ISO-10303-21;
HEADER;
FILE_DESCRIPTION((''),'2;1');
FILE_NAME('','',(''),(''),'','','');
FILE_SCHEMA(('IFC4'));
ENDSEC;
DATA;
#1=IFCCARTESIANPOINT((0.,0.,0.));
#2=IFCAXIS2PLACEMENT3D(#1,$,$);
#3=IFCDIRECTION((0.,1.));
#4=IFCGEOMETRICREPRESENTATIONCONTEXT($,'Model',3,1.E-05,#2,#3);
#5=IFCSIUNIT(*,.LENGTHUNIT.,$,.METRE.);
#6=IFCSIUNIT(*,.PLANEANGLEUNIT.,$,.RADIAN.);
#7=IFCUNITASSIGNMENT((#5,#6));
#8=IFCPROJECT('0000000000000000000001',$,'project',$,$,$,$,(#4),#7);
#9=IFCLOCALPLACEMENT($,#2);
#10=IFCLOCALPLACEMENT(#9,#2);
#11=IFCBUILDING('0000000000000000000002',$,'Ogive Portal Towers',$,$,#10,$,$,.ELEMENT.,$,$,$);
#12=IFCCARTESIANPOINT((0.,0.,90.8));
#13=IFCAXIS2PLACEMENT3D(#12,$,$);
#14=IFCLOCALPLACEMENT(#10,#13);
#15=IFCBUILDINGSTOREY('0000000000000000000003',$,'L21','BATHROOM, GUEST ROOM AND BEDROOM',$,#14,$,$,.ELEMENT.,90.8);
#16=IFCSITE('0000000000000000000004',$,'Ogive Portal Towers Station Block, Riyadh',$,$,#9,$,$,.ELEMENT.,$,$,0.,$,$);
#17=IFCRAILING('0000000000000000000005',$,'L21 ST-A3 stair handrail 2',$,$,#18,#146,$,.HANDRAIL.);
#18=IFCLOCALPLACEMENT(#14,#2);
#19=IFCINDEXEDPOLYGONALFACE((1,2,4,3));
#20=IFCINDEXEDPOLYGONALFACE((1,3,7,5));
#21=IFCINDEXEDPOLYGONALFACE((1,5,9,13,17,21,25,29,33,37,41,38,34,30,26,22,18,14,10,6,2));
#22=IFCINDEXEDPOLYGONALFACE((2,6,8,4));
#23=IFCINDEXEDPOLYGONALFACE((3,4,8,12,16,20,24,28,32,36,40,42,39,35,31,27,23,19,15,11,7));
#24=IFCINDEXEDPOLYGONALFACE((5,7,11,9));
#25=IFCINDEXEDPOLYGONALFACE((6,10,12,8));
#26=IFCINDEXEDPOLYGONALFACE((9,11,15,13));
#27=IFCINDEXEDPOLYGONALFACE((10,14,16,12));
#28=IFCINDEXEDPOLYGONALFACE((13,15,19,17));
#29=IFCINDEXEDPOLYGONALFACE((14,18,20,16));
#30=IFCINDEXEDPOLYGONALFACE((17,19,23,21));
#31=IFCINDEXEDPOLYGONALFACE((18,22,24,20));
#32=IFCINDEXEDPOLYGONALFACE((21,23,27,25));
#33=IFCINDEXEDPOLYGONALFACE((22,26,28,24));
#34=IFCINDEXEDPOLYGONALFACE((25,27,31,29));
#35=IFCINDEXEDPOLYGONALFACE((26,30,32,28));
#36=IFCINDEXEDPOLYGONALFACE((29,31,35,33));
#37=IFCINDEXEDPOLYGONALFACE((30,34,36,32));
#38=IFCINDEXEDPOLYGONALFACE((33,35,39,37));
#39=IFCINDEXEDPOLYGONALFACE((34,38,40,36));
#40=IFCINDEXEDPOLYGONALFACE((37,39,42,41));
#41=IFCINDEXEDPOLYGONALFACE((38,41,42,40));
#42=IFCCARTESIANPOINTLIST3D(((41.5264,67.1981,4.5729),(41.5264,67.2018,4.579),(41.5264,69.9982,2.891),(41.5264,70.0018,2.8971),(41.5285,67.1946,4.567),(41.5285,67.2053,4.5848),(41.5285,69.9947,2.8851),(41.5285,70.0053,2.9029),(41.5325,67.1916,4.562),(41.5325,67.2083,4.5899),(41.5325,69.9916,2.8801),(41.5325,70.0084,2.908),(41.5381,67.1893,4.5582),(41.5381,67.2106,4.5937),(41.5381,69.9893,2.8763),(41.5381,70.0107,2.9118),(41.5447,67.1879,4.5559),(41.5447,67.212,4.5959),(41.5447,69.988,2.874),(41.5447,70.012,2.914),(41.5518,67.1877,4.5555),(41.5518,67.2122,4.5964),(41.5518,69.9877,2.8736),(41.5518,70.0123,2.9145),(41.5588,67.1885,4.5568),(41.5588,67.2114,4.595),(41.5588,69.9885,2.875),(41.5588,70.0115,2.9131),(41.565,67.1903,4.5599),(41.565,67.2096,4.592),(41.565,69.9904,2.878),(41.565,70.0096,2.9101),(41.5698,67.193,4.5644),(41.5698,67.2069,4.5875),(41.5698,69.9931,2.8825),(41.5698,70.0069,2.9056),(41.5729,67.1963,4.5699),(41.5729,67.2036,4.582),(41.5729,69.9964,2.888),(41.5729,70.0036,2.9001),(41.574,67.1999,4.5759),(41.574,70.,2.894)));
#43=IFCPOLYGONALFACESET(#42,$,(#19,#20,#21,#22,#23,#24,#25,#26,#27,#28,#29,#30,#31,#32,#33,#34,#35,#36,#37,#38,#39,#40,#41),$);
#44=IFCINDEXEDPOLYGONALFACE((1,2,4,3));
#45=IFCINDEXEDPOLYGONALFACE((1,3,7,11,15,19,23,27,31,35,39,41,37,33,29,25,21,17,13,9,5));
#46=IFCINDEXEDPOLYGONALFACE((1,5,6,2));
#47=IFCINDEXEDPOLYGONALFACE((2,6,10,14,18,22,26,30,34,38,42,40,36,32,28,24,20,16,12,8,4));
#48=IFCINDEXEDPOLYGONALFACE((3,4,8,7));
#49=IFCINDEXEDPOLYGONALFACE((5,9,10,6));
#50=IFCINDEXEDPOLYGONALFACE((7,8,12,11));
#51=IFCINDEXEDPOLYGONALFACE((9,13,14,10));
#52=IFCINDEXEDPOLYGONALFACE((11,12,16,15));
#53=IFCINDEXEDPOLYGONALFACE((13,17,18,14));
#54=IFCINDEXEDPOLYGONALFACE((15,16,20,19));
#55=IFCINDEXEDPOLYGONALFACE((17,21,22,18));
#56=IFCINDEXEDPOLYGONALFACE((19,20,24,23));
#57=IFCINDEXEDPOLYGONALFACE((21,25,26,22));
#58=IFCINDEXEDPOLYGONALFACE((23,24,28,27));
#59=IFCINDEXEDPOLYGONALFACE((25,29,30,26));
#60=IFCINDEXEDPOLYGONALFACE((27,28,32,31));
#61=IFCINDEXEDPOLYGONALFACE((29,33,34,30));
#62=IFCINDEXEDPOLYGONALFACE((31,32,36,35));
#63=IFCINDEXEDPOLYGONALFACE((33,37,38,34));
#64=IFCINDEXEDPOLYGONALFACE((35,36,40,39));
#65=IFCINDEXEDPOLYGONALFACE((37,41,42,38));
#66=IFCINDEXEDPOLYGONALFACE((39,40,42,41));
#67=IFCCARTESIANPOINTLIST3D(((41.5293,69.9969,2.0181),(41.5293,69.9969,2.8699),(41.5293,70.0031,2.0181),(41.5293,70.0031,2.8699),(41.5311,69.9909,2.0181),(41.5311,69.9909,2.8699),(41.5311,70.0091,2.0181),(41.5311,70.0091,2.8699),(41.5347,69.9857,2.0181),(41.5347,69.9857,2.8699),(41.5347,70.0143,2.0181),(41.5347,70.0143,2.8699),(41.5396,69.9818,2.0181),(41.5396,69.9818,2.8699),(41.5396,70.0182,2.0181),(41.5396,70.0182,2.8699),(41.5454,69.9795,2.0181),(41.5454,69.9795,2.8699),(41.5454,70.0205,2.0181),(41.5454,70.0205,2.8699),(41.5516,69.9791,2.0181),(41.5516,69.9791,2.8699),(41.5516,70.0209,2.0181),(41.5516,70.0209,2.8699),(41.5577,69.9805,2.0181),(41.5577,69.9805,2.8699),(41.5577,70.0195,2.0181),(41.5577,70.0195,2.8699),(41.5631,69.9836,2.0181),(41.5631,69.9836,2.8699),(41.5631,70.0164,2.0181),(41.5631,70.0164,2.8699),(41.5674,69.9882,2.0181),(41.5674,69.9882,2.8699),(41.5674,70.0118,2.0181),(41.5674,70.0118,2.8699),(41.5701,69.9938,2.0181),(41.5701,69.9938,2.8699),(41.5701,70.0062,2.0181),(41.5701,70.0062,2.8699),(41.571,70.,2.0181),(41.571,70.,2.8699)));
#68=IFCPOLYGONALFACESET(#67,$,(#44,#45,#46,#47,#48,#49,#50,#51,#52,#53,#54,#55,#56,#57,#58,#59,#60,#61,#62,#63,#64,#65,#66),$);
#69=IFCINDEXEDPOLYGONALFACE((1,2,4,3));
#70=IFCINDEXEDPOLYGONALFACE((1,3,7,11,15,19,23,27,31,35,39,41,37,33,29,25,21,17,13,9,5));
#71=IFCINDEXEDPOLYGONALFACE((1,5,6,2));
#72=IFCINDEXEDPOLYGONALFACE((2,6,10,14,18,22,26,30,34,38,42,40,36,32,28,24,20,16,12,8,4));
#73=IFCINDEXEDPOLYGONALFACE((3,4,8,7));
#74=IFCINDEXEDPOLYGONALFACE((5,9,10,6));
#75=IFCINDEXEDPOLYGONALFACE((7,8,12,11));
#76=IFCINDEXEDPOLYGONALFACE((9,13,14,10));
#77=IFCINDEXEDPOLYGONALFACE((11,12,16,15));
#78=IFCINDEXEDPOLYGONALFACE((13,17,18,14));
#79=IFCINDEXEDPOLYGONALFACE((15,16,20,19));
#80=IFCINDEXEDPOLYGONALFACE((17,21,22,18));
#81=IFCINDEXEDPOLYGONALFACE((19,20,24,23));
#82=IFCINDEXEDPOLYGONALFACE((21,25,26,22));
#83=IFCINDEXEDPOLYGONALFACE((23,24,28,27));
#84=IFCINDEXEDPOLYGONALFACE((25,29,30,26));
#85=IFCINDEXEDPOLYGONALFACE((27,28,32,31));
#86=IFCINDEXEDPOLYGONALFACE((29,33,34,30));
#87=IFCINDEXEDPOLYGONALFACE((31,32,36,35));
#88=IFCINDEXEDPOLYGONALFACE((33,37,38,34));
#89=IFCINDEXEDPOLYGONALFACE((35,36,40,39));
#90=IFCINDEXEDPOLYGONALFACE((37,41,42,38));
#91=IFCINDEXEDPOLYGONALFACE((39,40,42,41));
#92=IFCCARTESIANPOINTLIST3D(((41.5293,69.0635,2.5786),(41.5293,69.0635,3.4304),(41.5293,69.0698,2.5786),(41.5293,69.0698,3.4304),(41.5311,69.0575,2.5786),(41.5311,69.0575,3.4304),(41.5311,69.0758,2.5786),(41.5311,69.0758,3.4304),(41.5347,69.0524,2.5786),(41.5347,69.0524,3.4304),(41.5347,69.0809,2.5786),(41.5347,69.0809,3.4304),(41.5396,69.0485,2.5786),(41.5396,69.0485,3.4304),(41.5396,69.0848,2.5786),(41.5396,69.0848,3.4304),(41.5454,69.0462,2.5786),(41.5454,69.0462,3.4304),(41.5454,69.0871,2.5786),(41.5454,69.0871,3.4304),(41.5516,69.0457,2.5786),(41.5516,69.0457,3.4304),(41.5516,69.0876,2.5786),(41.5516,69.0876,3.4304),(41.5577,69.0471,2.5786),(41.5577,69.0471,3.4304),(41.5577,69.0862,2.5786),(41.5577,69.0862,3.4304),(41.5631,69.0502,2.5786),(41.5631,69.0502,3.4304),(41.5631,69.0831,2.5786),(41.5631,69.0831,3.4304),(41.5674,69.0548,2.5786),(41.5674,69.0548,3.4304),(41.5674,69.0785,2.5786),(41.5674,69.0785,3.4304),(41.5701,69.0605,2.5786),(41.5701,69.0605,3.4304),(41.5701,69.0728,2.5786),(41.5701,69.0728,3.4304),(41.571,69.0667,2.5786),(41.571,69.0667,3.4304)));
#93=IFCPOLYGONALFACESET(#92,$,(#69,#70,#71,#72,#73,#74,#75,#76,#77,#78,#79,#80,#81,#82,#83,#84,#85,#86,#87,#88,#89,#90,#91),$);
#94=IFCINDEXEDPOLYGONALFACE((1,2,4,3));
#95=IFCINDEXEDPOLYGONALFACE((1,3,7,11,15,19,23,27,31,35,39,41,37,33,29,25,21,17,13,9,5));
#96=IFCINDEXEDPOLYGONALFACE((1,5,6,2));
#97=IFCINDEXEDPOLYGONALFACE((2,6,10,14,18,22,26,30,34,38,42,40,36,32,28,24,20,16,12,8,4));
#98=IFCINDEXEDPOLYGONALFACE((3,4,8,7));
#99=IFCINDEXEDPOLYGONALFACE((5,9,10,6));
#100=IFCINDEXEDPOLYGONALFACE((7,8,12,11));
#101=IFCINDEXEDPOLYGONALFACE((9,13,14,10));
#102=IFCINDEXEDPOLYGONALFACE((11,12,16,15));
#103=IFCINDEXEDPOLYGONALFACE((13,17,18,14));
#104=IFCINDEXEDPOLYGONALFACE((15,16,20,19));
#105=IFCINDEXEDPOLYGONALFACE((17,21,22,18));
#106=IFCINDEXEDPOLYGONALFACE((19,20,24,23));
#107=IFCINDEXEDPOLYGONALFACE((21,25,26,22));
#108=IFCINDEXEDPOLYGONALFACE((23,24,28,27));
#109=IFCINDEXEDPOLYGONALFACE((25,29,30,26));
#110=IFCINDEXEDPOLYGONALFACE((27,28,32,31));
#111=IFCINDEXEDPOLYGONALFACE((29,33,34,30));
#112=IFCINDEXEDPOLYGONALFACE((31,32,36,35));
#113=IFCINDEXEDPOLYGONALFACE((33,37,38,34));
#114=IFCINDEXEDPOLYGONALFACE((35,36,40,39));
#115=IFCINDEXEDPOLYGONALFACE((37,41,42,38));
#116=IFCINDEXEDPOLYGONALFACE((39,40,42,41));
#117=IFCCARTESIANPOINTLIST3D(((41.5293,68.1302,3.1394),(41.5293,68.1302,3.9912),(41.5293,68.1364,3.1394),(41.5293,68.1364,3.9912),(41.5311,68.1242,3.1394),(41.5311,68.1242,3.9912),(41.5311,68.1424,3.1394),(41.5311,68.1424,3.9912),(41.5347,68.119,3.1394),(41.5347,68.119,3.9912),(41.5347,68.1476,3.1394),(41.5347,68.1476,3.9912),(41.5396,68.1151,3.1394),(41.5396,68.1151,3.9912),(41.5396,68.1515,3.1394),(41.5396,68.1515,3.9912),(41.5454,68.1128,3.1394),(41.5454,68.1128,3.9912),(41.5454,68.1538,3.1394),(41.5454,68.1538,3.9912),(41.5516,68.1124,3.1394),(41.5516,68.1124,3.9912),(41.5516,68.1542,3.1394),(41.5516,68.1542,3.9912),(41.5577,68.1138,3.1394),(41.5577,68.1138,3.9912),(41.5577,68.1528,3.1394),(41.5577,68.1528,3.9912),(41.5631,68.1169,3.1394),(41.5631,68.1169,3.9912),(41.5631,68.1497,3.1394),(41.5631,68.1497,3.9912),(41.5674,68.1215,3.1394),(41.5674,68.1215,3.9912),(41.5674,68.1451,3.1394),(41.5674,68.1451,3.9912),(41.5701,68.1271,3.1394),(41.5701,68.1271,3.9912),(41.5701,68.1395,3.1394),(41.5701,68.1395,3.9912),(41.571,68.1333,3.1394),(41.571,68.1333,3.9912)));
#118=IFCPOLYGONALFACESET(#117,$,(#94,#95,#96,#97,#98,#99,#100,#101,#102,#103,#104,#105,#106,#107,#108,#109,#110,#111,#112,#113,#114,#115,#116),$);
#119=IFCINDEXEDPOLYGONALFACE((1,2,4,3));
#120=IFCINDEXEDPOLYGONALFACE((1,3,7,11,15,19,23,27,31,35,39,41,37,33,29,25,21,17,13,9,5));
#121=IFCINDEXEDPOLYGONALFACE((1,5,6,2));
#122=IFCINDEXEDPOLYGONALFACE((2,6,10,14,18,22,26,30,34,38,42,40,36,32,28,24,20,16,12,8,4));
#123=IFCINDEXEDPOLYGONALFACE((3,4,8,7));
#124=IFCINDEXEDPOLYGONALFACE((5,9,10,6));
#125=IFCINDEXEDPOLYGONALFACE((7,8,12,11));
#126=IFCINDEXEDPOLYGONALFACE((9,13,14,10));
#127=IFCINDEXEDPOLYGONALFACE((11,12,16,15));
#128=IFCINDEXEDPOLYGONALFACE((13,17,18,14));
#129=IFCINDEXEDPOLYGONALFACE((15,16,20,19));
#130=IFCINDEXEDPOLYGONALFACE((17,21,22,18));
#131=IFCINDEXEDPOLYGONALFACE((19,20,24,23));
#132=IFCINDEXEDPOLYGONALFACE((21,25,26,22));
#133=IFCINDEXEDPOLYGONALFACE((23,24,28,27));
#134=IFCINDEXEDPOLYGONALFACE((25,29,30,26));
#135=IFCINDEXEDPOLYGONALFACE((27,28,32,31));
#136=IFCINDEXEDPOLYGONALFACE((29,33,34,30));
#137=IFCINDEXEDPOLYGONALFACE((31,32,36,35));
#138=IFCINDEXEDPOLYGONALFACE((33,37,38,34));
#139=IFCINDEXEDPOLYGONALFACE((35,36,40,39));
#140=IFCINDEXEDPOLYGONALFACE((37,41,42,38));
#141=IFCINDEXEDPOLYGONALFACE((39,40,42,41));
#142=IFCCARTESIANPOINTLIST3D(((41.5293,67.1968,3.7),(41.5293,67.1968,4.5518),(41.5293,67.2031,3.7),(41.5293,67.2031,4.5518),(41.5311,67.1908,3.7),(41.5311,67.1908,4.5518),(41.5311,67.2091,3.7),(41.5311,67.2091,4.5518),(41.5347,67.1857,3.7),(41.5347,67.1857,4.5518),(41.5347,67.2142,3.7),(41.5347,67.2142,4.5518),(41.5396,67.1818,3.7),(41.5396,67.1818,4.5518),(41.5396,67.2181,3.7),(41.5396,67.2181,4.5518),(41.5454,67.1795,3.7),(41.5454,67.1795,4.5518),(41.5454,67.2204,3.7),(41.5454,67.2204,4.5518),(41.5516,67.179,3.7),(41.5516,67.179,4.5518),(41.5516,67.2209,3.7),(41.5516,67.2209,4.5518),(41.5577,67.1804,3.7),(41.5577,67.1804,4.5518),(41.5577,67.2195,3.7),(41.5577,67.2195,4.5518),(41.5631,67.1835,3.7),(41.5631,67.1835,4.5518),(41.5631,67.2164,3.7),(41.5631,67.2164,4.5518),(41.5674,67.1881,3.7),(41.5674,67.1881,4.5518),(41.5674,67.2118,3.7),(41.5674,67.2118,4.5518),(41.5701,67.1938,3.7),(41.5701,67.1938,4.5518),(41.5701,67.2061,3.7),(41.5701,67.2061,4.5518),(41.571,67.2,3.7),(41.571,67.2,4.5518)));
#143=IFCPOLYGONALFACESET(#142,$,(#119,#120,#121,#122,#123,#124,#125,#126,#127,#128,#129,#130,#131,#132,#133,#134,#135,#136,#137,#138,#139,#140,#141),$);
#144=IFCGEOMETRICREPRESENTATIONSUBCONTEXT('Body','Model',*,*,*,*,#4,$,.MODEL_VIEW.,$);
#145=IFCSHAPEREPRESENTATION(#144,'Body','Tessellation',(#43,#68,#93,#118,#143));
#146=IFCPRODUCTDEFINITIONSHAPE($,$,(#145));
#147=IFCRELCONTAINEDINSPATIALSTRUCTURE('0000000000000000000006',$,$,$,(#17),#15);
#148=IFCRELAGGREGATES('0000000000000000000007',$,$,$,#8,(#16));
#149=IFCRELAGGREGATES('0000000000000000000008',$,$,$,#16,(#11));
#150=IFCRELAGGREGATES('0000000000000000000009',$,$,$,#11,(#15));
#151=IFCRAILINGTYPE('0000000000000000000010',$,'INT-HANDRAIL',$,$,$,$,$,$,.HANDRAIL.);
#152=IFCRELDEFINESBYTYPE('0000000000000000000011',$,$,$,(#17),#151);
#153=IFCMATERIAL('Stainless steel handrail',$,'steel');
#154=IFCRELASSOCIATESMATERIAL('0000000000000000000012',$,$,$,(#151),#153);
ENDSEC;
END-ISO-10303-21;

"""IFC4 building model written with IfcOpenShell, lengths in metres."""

from ifc_helpers import new_model, si_unit, direction, frame, origin, origin_2d, place, context, subcontext, project, spatial, circle, extrude, material, type_object, element, save


model = new_model("IFC4")

# Units and contexts
model_context = context("Model", 3, precision=1e-05, world=origin(), true_north=direction((0.0, 1.0)))
body_context = subcontext(model_context, "Body", "Model", "MODEL_VIEW")
ifc_project = project(units=[si_unit("LENGTHUNIT", "METRE"), si_unit("PLANEANGLEUNIT", "RADIAN")], contexts=[model_context])

# Site, building, storey
site_placement = place(None, origin())
site = spatial("IfcSite", under=ifc_project, at=site_placement, Name="Ogive Portal Towers Station Block, Riyadh", CompositionType="ELEMENT", RefElevation=0.0)
building_placement = place(site_placement, origin())
building = spatial("IfcBuilding", under=site, at=building_placement, Name="Ogive Portal Towers", CompositionType="ELEMENT")
storey_placement = place(building_placement, frame((0.0, 0.0, 90.8)))
storey = spatial("IfcBuildingStorey", under=building, at=storey_placement, Name="L21", Description="BATHROOM, GUEST ROOM AND BEDROOM", CompositionType="ELEMENT", Elevation=90.8)

# Railing
ifc_material_1 = material(Name="Stainless steel handrail", Category="steel")
railing_type_1 = type_object("IfcRailingType", Name="INT-HANDRAIL", PredefinedType="HANDRAIL", material=ifc_material_1)
railing_1_placement = place(storey_placement, frame((41.55, 70.0, 2.0181)))
element("IfcRailing", 1, at=railing_1_placement, inside=storey, type_object=railing_type_1, Name="L21 ST-A3 stair handrail 2", PredefinedType="HANDRAIL", context=body_context, shape_type="SweptSolid", body=[
    extrude(circle(Radius=0.0239, at=origin_2d()), frame((0.0, 0.0, 0.876), z_axis=(0.0, -0.857242, 0.514913), x_axis=(1.0, 0.0, 0.0)), (0.0, 0.0, 1.0), 3.2664),
    extrude(circle(Radius=0.021, at=origin_2d()), origin(), (0.0, 0.0, 1.0), 0.8518),
    extrude(circle(Radius=0.021, at=origin_2d()), frame((0.0, -0.9333, 0.5605)), (0.0, 0.0, 1.0), 0.8518),
    extrude(circle(Radius=0.021, at=origin_2d()), frame((0.0, -1.8667, 1.1213)), (0.0, 0.0, 1.0), 0.8518),
    extrude(circle(Radius=0.021, at=origin_2d()), frame((0.0, -2.8, 1.6819)), (0.0, 0.0, 1.0), 0.8518),
])

save(model, "model.ifc")
